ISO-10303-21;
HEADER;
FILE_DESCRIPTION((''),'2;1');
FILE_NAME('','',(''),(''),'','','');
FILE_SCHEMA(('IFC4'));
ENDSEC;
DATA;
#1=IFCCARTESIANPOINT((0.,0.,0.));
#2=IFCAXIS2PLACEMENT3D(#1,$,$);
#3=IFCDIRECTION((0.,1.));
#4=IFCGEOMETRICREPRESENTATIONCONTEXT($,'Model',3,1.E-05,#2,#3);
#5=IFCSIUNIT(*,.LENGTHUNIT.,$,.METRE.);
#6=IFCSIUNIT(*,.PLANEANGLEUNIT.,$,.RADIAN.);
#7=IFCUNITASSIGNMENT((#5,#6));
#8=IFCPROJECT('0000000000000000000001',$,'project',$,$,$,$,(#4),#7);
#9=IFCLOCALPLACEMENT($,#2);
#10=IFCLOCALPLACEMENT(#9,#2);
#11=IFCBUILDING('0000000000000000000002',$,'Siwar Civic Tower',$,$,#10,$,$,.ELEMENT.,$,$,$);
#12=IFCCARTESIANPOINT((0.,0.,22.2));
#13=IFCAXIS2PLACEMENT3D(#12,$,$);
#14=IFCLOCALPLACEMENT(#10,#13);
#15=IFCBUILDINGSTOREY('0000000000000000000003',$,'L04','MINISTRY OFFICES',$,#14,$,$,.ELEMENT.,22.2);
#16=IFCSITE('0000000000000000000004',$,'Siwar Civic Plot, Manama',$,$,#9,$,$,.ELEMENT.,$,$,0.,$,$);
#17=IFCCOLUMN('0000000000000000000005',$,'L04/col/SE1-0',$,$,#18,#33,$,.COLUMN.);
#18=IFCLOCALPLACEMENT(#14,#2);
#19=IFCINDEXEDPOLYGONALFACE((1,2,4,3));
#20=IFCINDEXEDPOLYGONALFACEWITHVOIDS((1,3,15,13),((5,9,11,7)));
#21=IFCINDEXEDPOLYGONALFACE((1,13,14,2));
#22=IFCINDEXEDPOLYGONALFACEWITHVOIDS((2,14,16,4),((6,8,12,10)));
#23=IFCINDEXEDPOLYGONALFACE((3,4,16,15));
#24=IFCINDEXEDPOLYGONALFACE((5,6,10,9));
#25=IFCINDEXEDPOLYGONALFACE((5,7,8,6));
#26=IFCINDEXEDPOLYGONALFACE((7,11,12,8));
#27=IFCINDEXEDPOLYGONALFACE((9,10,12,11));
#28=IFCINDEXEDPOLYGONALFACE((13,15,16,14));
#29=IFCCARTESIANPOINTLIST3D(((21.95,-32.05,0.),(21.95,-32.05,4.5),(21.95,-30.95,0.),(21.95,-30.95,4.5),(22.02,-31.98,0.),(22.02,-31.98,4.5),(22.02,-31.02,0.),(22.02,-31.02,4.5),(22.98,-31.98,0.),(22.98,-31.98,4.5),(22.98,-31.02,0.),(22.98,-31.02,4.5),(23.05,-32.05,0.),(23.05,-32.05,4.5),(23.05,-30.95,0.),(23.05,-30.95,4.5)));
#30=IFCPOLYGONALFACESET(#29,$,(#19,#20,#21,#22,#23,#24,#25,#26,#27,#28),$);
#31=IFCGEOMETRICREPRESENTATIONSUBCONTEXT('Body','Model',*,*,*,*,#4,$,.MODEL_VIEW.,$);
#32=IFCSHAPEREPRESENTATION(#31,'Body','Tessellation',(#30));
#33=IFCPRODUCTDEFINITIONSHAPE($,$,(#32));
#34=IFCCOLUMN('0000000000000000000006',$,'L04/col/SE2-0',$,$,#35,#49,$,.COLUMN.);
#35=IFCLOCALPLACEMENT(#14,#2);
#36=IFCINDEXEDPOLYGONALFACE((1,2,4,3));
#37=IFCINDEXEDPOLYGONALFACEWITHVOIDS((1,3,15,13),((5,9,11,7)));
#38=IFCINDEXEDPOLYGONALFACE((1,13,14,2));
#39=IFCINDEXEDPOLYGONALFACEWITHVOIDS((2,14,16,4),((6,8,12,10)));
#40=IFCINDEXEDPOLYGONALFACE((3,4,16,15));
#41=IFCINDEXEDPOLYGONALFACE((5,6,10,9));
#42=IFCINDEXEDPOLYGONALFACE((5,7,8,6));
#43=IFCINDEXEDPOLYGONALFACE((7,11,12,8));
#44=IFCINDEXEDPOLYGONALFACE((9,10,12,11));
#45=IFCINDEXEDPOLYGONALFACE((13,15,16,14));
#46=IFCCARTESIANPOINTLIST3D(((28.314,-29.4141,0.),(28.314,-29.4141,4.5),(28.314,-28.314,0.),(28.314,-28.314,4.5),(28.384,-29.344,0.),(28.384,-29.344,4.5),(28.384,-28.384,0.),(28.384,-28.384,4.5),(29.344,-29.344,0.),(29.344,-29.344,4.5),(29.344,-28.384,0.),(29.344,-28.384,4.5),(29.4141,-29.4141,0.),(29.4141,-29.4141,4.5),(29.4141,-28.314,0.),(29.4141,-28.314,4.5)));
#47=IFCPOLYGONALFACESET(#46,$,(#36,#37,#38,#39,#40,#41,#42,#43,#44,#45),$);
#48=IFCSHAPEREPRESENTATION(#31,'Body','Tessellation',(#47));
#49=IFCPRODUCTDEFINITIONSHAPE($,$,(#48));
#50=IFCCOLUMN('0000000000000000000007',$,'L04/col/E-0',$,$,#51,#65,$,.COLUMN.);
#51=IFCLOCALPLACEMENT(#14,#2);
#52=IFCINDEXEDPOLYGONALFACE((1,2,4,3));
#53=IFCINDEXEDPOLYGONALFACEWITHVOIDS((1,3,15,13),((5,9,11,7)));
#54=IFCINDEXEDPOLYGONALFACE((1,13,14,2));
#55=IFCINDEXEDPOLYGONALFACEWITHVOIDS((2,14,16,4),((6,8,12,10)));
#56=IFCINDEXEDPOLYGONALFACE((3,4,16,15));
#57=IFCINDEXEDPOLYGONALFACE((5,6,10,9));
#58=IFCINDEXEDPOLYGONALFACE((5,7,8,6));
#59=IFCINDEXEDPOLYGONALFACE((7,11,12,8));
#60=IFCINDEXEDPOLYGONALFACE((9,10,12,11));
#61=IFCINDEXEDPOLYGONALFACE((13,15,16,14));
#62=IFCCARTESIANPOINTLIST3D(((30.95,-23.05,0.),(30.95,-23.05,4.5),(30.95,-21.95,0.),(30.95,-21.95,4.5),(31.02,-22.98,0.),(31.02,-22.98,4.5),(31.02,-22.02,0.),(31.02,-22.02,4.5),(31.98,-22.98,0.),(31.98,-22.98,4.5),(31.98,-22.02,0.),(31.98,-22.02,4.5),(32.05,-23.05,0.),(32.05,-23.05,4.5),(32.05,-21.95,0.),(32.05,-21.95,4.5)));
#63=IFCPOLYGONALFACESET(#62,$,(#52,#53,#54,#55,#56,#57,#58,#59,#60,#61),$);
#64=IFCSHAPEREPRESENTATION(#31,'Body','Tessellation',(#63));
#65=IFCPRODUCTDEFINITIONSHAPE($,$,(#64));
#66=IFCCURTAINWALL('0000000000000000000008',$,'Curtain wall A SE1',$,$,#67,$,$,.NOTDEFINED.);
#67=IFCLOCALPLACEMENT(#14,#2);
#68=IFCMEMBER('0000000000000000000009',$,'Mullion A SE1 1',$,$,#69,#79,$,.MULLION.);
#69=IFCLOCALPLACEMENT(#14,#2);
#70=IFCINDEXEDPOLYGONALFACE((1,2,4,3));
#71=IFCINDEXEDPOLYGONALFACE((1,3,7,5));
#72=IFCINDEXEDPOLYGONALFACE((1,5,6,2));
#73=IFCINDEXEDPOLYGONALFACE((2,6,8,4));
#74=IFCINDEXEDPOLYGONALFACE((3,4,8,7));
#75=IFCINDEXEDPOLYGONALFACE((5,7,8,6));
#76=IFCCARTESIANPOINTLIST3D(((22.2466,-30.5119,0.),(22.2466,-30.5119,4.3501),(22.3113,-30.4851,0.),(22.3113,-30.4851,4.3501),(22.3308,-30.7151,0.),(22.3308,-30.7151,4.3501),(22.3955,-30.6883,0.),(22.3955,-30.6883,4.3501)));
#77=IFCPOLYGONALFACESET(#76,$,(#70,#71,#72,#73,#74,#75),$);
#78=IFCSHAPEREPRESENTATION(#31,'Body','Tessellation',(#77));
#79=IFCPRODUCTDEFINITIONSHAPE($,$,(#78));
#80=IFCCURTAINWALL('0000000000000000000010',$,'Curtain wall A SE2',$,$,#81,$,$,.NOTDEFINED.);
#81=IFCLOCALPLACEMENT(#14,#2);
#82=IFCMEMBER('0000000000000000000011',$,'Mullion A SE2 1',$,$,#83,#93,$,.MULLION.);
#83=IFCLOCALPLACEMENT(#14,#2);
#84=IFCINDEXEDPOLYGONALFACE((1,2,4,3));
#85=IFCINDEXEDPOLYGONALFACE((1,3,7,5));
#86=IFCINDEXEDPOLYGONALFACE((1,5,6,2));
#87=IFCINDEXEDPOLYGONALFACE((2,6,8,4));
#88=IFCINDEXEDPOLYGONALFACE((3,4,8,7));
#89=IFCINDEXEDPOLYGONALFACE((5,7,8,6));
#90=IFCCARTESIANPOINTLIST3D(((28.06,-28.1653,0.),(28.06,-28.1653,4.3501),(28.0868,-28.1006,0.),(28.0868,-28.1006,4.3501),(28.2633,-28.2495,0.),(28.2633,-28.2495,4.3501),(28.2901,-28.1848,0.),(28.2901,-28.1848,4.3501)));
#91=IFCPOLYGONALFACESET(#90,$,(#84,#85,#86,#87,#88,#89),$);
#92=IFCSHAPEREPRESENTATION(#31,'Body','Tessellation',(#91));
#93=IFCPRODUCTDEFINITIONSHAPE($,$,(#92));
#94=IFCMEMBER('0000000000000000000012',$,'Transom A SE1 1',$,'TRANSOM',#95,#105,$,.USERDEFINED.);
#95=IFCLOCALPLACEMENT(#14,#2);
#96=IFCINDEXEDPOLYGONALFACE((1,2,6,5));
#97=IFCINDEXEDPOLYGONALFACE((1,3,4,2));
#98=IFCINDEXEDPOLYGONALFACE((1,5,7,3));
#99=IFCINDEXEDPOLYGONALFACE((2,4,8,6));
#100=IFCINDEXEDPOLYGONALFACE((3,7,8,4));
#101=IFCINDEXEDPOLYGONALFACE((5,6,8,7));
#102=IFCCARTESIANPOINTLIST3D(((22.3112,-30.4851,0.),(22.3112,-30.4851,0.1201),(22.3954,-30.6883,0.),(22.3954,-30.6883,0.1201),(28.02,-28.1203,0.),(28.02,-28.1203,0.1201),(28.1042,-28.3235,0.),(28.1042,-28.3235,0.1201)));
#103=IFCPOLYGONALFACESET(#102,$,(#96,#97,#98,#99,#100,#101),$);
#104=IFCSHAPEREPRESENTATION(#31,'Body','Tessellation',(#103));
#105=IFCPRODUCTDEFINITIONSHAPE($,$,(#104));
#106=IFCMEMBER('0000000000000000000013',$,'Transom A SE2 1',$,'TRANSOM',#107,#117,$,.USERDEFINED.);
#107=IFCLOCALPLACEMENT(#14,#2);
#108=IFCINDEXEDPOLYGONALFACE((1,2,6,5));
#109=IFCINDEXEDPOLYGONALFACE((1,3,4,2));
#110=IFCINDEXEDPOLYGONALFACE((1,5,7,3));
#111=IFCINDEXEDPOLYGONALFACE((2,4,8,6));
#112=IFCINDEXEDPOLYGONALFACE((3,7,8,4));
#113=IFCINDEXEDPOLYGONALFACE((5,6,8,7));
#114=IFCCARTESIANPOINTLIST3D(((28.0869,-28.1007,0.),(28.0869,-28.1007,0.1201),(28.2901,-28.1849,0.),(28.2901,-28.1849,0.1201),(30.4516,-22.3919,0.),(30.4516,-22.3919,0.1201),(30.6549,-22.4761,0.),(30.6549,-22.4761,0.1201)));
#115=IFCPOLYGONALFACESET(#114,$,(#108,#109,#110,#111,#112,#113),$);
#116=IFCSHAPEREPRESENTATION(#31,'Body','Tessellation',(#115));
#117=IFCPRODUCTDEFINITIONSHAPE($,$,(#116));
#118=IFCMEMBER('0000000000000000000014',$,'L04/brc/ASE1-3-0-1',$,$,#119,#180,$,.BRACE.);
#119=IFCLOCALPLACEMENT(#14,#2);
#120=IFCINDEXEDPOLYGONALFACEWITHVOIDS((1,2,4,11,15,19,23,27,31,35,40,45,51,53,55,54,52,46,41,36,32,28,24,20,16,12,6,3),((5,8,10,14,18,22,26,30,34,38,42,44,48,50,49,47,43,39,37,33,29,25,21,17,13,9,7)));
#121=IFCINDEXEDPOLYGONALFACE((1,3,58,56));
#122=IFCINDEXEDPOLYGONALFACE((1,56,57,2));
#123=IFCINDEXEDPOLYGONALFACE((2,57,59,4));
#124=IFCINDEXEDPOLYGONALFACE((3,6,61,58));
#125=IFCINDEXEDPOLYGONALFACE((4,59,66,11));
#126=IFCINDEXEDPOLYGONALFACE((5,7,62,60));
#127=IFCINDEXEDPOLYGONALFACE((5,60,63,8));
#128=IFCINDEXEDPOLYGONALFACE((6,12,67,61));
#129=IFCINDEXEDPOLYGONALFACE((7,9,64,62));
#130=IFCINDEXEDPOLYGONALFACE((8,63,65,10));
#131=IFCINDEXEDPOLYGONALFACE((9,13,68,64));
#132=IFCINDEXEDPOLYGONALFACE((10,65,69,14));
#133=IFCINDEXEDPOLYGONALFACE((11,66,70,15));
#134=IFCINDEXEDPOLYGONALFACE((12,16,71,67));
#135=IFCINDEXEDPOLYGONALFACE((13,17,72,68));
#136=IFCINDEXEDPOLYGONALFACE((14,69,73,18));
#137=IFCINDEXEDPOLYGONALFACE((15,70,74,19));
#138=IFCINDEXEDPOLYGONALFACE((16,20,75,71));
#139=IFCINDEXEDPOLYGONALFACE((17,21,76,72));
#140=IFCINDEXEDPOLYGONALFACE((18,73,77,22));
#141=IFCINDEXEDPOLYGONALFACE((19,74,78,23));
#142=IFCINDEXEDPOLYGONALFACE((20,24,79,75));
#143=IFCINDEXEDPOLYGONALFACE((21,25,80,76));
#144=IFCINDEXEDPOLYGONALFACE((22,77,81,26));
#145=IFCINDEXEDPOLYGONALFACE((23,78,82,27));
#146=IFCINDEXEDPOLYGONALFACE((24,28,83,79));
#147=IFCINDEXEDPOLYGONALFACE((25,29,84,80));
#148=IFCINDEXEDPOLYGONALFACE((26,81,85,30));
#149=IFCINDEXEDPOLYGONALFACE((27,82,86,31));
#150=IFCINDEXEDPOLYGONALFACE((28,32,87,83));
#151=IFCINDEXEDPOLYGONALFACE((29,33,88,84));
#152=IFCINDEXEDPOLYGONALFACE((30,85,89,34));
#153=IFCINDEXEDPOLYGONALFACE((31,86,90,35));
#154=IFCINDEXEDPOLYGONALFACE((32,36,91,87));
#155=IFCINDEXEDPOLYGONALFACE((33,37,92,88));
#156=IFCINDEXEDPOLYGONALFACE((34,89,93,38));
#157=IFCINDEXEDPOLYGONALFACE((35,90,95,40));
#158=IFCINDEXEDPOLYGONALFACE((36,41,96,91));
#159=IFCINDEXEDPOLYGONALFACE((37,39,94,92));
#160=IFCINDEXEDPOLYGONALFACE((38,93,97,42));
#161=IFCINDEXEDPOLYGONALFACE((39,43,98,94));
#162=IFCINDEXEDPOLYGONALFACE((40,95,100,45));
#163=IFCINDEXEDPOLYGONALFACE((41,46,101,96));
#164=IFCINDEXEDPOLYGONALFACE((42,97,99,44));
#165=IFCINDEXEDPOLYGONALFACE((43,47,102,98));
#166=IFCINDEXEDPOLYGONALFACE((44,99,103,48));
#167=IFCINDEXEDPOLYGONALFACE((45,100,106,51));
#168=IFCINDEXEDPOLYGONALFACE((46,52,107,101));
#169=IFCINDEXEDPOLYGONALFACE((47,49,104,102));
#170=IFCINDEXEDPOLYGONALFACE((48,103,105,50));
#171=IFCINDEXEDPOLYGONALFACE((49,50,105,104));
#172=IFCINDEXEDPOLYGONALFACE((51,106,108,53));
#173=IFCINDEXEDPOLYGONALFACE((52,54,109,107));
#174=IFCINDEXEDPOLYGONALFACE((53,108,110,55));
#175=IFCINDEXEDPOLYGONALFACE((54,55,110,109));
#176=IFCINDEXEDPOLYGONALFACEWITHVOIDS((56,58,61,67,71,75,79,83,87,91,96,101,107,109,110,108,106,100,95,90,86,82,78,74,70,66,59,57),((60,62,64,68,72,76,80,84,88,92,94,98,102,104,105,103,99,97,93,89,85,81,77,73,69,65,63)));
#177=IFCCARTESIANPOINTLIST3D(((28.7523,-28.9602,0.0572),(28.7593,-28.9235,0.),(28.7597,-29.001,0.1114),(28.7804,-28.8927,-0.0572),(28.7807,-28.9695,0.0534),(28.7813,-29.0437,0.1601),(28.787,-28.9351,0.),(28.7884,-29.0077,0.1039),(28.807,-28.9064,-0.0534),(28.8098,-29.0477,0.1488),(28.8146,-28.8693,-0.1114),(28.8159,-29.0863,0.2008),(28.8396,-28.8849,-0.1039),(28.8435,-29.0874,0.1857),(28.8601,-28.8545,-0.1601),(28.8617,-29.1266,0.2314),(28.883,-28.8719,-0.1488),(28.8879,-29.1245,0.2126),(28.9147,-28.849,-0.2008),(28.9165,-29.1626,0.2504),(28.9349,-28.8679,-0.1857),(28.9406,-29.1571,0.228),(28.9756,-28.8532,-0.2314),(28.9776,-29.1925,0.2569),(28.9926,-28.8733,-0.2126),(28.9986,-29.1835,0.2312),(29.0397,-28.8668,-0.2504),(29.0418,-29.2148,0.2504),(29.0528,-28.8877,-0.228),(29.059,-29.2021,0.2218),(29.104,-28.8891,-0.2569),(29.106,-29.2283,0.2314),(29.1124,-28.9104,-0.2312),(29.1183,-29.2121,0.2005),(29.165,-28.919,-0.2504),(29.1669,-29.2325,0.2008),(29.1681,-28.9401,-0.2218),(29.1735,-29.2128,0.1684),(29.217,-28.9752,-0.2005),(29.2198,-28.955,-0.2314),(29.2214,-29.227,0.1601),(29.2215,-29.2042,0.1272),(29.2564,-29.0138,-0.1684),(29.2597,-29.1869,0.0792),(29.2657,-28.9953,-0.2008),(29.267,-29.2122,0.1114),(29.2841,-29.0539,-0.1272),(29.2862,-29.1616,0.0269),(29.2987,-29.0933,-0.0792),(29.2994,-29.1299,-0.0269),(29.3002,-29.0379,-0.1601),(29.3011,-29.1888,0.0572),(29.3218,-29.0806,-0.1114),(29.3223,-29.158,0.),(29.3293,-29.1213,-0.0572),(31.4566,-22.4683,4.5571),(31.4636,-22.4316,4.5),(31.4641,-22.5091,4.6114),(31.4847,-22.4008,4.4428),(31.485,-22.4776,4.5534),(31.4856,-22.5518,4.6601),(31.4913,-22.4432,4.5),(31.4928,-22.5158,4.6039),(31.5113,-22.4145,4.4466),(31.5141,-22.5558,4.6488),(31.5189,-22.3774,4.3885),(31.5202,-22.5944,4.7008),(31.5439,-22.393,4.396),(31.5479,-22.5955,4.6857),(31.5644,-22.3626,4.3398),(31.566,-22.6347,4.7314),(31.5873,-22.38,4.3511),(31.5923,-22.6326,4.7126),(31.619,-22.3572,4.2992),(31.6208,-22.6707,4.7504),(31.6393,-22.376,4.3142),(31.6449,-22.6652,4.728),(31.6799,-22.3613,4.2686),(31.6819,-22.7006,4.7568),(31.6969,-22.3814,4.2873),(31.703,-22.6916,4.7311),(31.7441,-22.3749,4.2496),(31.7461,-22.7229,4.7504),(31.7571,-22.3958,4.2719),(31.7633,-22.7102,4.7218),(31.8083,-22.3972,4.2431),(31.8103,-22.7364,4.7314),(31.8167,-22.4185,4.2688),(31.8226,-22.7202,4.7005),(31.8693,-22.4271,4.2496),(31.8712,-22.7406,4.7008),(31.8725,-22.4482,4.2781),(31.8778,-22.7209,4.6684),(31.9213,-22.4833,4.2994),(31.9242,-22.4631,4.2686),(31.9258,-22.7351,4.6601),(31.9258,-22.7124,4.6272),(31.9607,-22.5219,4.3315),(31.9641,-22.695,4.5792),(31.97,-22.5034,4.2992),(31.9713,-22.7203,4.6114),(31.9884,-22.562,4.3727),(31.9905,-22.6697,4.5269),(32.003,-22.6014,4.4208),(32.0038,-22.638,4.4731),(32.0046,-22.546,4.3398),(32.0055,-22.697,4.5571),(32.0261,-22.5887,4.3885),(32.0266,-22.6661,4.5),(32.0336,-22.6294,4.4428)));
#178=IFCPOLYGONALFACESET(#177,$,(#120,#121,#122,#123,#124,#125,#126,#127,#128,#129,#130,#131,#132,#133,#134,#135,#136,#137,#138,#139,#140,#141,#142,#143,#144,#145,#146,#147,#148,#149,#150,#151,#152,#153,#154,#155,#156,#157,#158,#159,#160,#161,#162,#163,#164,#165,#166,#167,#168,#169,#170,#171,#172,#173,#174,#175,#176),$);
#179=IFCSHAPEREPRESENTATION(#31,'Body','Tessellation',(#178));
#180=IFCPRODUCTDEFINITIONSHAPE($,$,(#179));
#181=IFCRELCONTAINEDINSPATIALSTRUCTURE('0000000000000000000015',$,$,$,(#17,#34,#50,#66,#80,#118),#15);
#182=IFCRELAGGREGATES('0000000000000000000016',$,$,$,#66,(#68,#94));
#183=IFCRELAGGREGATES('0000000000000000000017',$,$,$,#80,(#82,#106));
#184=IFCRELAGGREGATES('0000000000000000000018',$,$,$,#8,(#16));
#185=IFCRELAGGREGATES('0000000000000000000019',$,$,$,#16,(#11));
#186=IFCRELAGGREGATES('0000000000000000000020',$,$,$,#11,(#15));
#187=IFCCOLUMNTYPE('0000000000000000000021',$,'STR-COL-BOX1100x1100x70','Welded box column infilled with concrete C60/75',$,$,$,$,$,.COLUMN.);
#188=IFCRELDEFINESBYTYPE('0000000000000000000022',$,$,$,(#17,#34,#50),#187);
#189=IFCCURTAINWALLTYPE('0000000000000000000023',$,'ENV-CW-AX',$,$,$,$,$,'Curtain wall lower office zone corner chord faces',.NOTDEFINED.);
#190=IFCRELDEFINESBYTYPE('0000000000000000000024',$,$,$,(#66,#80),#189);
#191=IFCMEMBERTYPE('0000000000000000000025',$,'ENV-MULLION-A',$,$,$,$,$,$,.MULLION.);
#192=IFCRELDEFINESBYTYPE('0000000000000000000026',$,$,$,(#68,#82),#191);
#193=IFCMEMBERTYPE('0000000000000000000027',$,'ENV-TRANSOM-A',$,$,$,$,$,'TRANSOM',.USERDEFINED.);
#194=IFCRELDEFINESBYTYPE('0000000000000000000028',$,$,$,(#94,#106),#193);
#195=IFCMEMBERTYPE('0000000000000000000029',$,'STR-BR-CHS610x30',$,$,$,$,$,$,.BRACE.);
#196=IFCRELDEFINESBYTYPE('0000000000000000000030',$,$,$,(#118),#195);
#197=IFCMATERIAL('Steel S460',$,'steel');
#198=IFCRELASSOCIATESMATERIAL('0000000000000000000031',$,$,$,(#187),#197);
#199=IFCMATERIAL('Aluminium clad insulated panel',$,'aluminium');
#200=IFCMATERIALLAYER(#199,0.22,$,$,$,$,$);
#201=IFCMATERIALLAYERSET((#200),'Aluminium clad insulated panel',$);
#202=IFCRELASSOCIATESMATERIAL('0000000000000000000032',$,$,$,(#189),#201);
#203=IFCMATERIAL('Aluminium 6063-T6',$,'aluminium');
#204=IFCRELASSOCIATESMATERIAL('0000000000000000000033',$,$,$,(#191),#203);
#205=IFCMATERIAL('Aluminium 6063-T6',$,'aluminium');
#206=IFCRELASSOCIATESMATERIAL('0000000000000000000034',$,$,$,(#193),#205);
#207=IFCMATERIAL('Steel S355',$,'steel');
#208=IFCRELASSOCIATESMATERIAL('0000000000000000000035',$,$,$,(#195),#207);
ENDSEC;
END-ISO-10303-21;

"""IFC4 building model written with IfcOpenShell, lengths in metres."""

from ifc_helpers import new_model, si_unit, direction, frame, origin, origin_2d, place, context, subcontext, project, spatial, rectangle, hollow_rectangle, hollow_circle, extrude, material, layer, layer_set, material_profile, profile_set, type_object, element, aggregate, save


model = new_model("IFC4")

# Units and contexts
model_context = context("Model", 3, precision=1e-05, world=origin(), true_north=direction((0.0, 1.0)))
body_context = subcontext(model_context, "Body", "Model", "MODEL_VIEW")
ifc_project = project(units=[si_unit("LENGTHUNIT", "METRE"), si_unit("PLANEANGLEUNIT", "RADIAN")], contexts=[model_context])

# Site, building, storey
site_placement = place(None, origin())
site = spatial("IfcSite", under=ifc_project, at=site_placement, Name="Siwar Civic Plot, Manama", CompositionType="ELEMENT", RefElevation=0.0)
building_placement = place(site_placement, origin())
building = spatial("IfcBuilding", under=site, at=building_placement, Name="Siwar Civic Tower", CompositionType="ELEMENT")
storey_placement = place(building_placement, frame((0.0, 0.0, 22.2)))
storey = spatial("IfcBuildingStorey", under=building, at=storey_placement, Name="L04", Description="MINISTRY OFFICES", CompositionType="ELEMENT", Elevation=22.2)

# Columns
ifc_material_1 = material(Name="Steel S460", Category="steel")
ifc_material_profile_1 = material_profile(ifc_material_1, hollow_rectangle(XDim=1.1001, YDim=1.1001, WallThickness=0.0701, at=origin_2d()), Name="BOX1100x1100x70")
ifc_profile_set_1 = profile_set([ifc_material_profile_1], Name="Steel S460")
column_type = type_object("IfcColumnType", Name="STR-COL-BOX1100x1100x70", Description="Welded box column infilled with concrete C60/75", PredefinedType="COLUMN", material=ifc_profile_set_1)
for number, where, z_axis, x_axis, name in (
    (1, (22.5, -31.5, 0.0), (0.0, 0.0, 1.0), (1.0, 0.0, 0.0), "L04/col/SE1-0"),
    (2, (28.864, -28.864, 0.0), (0.0, 0.0, 1.0), (1.0, 0.0, 0.0), "L04/col/SE2-0"),
    (3, (31.5, -22.5, 0.0), (0.0, 0.0, 1.0), (1.0, 0.0, 0.0), "L04/col/E-0"),
):
    element("IfcColumn", number, at=place(storey_placement, frame(where, z_axis=z_axis, x_axis=x_axis)), inside=storey, type_object=column_type, Name=name, PredefinedType="COLUMN", context=body_context, shape_type="SweptSolid", body=[
        extrude(hollow_rectangle(XDim=1.1001, YDim=1.1001, WallThickness=0.0701, at=origin_2d()), origin(), (0.0, 0.0, 1.0), 4.5),
    ])

# Curtain walls, members
ifc_material_2 = material(Name="Aluminium clad insulated panel", Category="aluminium")
ifc_layer_1 = layer(ifc_material_2, 0.22)
ifc_layer_set_1 = layer_set([ifc_layer_1], Name="Aluminium clad insulated panel")
curtain_wall_type_1 = type_object("IfcCurtainWallType", Name="ENV-CW-AX", ElementType="Curtain wall lower office zone corner chord faces", PredefinedType="NOTDEFINED", material=ifc_layer_set_1)
curtain_wall_1_placement = place(storey_placement, origin())
curtain_wall_1 = element("IfcCurtainWall", 4, at=curtain_wall_1_placement, inside=storey, type_object=curtain_wall_type_1, Name="Curtain wall A SE1", PredefinedType="NOTDEFINED")
ifc_material_3 = material(Name="Aluminium 6063-T6", Category="aluminium")
ifc_material_profile_2 = material_profile(ifc_material_3, rectangle(XDim=0.22, YDim=0.0701, at=origin_2d()), Name="AL 220x70")
ifc_profile_set_2 = profile_set([ifc_material_profile_2], Name="Aluminium 6063-T6")
member_type_1 = type_object("IfcMemberType", Name="ENV-MULLION-A", PredefinedType="MULLION", material=ifc_profile_set_2)
member_1_placement = place(storey_placement, frame((22.321, -30.6001, 0.0), z_axis=(0.0, 0.0, 1.0), x_axis=(-0.382683, 0.92388, 0.0)))
member_1 = element("IfcMember", 5, at=member_1_placement, type_object=member_type_1, Name="Mullion A SE1 1", PredefinedType="MULLION", context=body_context, shape_type="SweptSolid", body=[
    extrude(rectangle(XDim=0.22, YDim=0.0701, at=origin_2d()), origin(), (0.0, 0.0, 1.0), 4.3501),
])
curtain_wall_2_placement = place(storey_placement, origin())
curtain_wall_2 = element("IfcCurtainWall", 6, at=curtain_wall_2_placement, inside=storey, type_object=curtain_wall_type_1, Name="Curtain wall A SE2", PredefinedType="NOTDEFINED")
member_2_placement = place(storey_placement, frame((28.175, -28.175, 0.0), z_axis=(0.0, 0.0, 1.0), x_axis=(-0.92388, 0.382683, 0.0)))
member_2 = element("IfcMember", 7, at=member_2_placement, type_object=member_type_1, Name="Mullion A SE2 1", PredefinedType="MULLION", context=body_context, shape_type="SweptSolid", body=[
    extrude(rectangle(XDim=0.22, YDim=0.0701, at=origin_2d()), origin(), (0.0, 0.0, 1.0), 4.3501),
])

# Members
ifc_material_4 = material(Name="Aluminium 6063-T6", Category="aluminium")
ifc_material_profile_3 = material_profile(ifc_material_4, rectangle(XDim=0.22, YDim=0.1201, at=origin_2d()), Name="AL 220x120")
ifc_profile_set_3 = profile_set([ifc_material_profile_3], Name="Aluminium 6063-T6")
member_type_2 = type_object("IfcMemberType", Name="ENV-TRANSOM-A", ElementType="TRANSOM", PredefinedType="USERDEFINED", material=ifc_profile_set_3)
member_3_placement = place(storey_placement, frame((22.3533, -30.5867, 0.0601), z_axis=(0.923873, 0.382698, 0.0), x_axis=(-0.382698, 0.923873, 0.0)))
member_3 = element("IfcMember", 8, at=member_3_placement, type_object=member_type_2, Name="Transom A SE1 1", ObjectType="TRANSOM", PredefinedType="USERDEFINED", context=body_context, shape_type="SweptSolid", body=[
    extrude(rectangle(XDim=0.22, YDim=0.1201, at=origin_2d()), origin(), (0.0, 0.0, 1.0), 6.1792),
])
member_4_placement = place(storey_placement, frame((28.1885, -28.1428, 0.0601), z_axis=(0.382698, 0.923873, 0.0), x_axis=(-0.923873, 0.382698, 0.0)))
member_4 = element("IfcMember", 9, at=member_4_placement, type_object=member_type_2, Name="Transom A SE2 1", ObjectType="TRANSOM", PredefinedType="USERDEFINED", context=body_context, shape_type="SweptSolid", body=[
    extrude(rectangle(XDim=0.22, YDim=0.1201, at=origin_2d()), origin(), (0.0, 0.0, 1.0), 6.1792),
])

# Member
ifc_material_5 = material(Name="Steel S355", Category="steel")
ifc_material_profile_4 = material_profile(ifc_material_5, hollow_circle(Radius=0.3049, WallThickness=0.03, at=origin_2d()), Name="CHS610x30")
ifc_profile_set_4 = profile_set([ifc_material_profile_4], Name="Steel S355")
member_type_3 = type_object("IfcMemberType", Name="STR-BR-CHS610x30", PredefinedType="BRACE", material=ifc_profile_set_4)
member_5_placement = place(storey_placement, frame((29.0408, -29.0408, 0.0), z_axis=(0.323906, 0.777555, 0.538975), x_axis=(-0.923109, 0.384539, 0.0)))
element("IfcMember", 10, at=member_5_placement, inside=storey, type_object=member_type_3, Name="L04/brc/ASE1-3-0-1", PredefinedType="BRACE", context=body_context, shape_type="SweptSolid", body=[
    extrude(hollow_circle(Radius=0.3049, WallThickness=0.03, at=origin_2d()), origin(), (0.0, 0.0, 1.0), 8.3491),
])

aggregate(curtain_wall_1, [member_1, member_3])
aggregate(curtain_wall_2, [member_2, member_4])

save(model, "model.ifc")
